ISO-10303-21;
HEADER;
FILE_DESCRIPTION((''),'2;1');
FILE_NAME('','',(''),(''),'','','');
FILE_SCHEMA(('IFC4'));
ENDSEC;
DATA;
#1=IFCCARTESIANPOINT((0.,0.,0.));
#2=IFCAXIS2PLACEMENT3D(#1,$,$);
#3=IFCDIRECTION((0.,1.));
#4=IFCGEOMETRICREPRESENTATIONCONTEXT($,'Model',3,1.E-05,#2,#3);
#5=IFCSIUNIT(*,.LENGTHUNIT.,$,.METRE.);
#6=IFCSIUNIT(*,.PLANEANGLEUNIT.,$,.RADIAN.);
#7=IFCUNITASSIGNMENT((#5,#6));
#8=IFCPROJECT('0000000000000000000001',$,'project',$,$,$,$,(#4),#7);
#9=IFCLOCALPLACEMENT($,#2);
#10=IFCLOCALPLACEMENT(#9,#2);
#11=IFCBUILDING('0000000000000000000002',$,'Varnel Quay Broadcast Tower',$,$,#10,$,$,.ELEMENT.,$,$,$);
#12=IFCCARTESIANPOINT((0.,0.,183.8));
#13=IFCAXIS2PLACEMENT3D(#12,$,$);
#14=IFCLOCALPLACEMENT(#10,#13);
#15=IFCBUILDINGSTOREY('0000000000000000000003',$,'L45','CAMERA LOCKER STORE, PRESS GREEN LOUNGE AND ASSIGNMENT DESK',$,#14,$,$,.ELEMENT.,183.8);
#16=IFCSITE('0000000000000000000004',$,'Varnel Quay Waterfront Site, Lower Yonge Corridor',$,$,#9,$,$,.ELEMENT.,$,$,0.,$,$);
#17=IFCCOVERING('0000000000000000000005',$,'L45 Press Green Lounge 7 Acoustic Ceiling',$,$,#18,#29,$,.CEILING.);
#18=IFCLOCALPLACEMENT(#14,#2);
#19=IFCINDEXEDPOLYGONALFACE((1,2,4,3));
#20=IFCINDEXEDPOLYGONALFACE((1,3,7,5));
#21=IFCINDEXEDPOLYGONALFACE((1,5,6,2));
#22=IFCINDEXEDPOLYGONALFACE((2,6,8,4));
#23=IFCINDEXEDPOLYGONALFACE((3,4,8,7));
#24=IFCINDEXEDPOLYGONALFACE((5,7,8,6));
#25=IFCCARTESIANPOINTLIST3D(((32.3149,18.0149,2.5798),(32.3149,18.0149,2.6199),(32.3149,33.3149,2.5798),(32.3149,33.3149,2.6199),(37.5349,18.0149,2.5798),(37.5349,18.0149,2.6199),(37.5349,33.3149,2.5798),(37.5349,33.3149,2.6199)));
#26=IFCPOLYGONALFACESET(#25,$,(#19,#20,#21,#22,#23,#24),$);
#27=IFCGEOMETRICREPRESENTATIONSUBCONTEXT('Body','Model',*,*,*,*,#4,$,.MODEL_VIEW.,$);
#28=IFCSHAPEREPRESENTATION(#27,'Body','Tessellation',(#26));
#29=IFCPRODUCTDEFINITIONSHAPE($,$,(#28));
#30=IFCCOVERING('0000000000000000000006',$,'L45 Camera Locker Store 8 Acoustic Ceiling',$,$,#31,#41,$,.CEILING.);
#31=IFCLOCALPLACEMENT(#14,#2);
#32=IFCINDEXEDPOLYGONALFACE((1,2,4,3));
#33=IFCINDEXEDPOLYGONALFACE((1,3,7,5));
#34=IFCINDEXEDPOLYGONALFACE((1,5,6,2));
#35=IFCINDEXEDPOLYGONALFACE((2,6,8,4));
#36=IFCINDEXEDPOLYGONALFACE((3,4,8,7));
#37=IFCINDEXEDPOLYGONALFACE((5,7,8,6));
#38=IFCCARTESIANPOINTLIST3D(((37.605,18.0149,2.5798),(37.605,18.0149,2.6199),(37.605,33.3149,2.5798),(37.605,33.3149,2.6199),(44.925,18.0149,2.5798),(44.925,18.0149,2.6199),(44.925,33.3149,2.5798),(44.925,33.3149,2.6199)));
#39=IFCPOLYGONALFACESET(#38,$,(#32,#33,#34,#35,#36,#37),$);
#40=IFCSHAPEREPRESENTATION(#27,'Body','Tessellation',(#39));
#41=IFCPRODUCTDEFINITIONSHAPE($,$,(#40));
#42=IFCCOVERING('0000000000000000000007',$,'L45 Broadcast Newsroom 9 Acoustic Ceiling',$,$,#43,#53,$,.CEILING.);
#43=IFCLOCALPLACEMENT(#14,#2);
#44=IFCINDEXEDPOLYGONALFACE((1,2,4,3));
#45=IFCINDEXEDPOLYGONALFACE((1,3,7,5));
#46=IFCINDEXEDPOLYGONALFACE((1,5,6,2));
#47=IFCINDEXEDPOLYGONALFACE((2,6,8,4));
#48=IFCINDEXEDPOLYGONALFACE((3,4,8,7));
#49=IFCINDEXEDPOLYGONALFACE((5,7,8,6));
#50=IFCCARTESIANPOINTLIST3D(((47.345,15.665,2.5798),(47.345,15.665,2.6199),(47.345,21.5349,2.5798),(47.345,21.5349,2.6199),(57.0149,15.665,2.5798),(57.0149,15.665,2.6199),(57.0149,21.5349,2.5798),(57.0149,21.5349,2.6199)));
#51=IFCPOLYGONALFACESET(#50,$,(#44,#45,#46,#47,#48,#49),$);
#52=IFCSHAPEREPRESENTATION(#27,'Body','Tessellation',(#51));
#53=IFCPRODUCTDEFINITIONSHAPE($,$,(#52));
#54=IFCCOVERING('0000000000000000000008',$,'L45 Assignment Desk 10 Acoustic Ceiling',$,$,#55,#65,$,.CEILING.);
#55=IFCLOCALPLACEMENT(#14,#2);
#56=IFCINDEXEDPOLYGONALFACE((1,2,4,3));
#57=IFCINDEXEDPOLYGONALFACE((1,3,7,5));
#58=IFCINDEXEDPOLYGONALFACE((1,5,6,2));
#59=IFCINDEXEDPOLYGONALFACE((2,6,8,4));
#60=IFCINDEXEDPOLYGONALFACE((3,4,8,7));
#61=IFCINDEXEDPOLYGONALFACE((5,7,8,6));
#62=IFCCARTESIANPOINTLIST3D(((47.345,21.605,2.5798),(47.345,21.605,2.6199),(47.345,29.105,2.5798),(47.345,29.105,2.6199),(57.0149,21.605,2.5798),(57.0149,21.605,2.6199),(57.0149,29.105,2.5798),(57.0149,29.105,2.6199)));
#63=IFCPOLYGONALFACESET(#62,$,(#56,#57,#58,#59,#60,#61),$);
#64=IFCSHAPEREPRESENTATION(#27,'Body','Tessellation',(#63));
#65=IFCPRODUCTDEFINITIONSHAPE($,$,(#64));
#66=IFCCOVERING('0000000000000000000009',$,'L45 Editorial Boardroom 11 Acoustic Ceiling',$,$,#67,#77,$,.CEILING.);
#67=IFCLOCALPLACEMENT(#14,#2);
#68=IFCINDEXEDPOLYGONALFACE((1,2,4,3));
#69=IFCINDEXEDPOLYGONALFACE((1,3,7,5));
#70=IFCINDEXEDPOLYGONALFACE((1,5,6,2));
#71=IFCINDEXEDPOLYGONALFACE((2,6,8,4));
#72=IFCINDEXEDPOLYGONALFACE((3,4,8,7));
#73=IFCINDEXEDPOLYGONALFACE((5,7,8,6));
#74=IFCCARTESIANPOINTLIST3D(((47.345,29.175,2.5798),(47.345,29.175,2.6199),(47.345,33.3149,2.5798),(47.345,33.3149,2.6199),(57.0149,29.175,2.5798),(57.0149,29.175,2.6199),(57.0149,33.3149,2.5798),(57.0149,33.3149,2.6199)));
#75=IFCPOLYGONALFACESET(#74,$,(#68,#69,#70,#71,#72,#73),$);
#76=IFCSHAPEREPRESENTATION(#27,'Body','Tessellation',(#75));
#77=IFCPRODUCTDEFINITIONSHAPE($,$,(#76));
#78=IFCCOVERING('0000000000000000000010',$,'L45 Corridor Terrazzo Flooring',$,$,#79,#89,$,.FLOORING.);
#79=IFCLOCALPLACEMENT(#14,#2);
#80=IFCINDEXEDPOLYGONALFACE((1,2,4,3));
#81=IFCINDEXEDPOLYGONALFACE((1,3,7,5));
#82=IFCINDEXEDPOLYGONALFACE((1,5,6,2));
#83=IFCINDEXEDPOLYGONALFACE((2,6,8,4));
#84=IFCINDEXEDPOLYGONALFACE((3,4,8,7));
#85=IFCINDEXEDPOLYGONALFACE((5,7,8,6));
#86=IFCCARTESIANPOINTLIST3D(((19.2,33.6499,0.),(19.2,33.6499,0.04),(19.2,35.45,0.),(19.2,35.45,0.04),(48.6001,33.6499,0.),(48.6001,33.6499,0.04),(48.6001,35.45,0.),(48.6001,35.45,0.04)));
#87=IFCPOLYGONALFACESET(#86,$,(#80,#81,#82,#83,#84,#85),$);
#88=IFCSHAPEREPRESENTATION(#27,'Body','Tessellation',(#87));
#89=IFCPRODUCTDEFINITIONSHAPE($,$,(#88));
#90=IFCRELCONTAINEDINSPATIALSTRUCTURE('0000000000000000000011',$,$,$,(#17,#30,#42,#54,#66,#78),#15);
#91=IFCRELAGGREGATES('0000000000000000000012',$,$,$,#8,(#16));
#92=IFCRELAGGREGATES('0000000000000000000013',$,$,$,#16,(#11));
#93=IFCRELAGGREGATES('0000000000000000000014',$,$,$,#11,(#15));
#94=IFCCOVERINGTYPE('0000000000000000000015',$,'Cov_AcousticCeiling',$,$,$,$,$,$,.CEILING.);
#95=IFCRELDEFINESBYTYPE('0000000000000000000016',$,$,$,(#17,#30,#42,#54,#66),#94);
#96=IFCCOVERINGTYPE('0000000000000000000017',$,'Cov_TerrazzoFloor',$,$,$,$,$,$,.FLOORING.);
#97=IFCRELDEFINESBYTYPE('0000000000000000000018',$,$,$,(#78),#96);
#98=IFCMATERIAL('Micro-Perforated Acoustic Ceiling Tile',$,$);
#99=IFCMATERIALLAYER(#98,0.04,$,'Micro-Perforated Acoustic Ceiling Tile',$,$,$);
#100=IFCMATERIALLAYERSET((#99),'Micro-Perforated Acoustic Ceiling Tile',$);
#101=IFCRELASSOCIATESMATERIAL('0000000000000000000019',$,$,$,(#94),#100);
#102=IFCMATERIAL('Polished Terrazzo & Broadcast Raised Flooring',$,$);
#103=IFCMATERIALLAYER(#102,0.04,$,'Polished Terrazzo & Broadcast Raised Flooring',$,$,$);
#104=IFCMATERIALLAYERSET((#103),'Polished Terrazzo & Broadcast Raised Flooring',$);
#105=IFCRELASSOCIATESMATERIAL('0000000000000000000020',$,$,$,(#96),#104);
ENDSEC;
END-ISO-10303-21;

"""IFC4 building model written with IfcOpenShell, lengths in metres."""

from ifc_helpers import new_model, si_unit, direction, frame, origin, place, context, subcontext, project, spatial, polyline, outline, extrude, material, layer, layer_set, type_object, element, save


model = new_model("IFC4")

# Units and contexts
model_context = context("Model", 3, precision=1e-05, world=origin(), true_north=direction((0.0, 1.0)))
body_context = subcontext(model_context, "Body", "Model", "MODEL_VIEW")
ifc_project = project(units=[si_unit("LENGTHUNIT", "METRE"), si_unit("PLANEANGLEUNIT", "RADIAN")], contexts=[model_context])

# Site, building, storey
site_placement = place(None, origin())
site = spatial("IfcSite", under=ifc_project, at=site_placement, Name="Varnel Quay Waterfront Site, Lower Yonge Corridor", CompositionType="ELEMENT", RefElevation=0.0)
building_placement = place(site_placement, origin())
building = spatial("IfcBuilding", under=site, at=building_placement, Name="Varnel Quay Broadcast Tower", CompositionType="ELEMENT")
storey_placement = place(building_placement, frame((0.0, 0.0, 183.8)))
storey = spatial("IfcBuildingStorey", under=building, at=storey_placement, Name="L45", Description="CAMERA LOCKER STORE, PRESS GREEN LOUNGE AND ASSIGNMENT DESK", CompositionType="ELEMENT", Elevation=183.8)

# Coverings
ifc_material_1 = material(Name="Micro-Perforated Acoustic Ceiling Tile")
ifc_layer_1 = layer(ifc_material_1, 0.04, Name="Micro-Perforated Acoustic Ceiling Tile")
ifc_layer_set_1 = layer_set([ifc_layer_1], Name="Micro-Perforated Acoustic Ceiling Tile")
covering_type_1 = type_object("IfcCoveringType", Name="Cov_AcousticCeiling", PredefinedType="CEILING", material=ifc_layer_set_1)
covering_1_placement = place(storey_placement, frame((0.0, 0.0, 2.5798)))
element("IfcCovering", 1, at=covering_1_placement, inside=storey, type_object=covering_type_1, Name="L45 Press Green Lounge 7 Acoustic Ceiling", PredefinedType="CEILING", context=body_context, shape_type="SweptSolid", body=[
    extrude(outline(polyline([(32.3149, 18.0149), (37.5349, 18.0149), (37.5349, 33.3149), (32.3149, 33.3149), (32.3149, 18.0149)])), origin(), (0.0, 0.0, 1.0), 0.04),
])
covering_2_placement = place(storey_placement, frame((0.0, 0.0, 2.5798)))
element("IfcCovering", 2, at=covering_2_placement, inside=storey, type_object=covering_type_1, Name="L45 Camera Locker Store 8 Acoustic Ceiling", PredefinedType="CEILING", context=body_context, shape_type="SweptSolid", body=[
    extrude(outline(polyline([(37.605, 18.0149), (44.925, 18.0149), (44.925, 33.3149), (37.605, 33.3149), (37.605, 18.0149)])), origin(), (0.0, 0.0, 1.0), 0.04),
])
covering_3_placement = place(storey_placement, frame((0.0, 0.0, 2.5798)))
element("IfcCovering", 3, at=covering_3_placement, inside=storey, type_object=covering_type_1, Name="L45 Broadcast Newsroom 9 Acoustic Ceiling", PredefinedType="CEILING", context=body_context, shape_type="SweptSolid", body=[
    extrude(outline(polyline([(47.345, 15.665), (57.0149, 15.665), (57.0149, 21.5349), (47.345, 21.5349), (47.345, 15.665)])), origin(), (0.0, 0.0, 1.0), 0.04),
])
covering_4_placement = place(storey_placement, frame((0.0, 0.0, 2.5798)))
element("IfcCovering", 4, at=covering_4_placement, inside=storey, type_object=covering_type_1, Name="L45 Assignment Desk 10 Acoustic Ceiling", PredefinedType="CEILING", context=body_context, shape_type="SweptSolid", body=[
    extrude(outline(polyline([(47.345, 21.605), (57.0149, 21.605), (57.0149, 29.105), (47.345, 29.105), (47.345, 21.605)])), origin(), (0.0, 0.0, 1.0), 0.04),
])
covering_5_placement = place(storey_placement, frame((0.0, 0.0, 2.5798)))
element("IfcCovering", 5, at=covering_5_placement, inside=storey, type_object=covering_type_1, Name="L45 Editorial Boardroom 11 Acoustic Ceiling", PredefinedType="CEILING", context=body_context, shape_type="SweptSolid", body=[
    extrude(outline(polyline([(47.345, 29.175), (57.0149, 29.175), (57.0149, 33.3149), (47.345, 33.3149), (47.345, 29.175)])), origin(), (0.0, 0.0, 1.0), 0.04),
])
ifc_material_2 = material(Name="Polished Terrazzo & Broadcast Raised Flooring")
ifc_layer_2 = layer(ifc_material_2, 0.04, Name="Polished Terrazzo & Broadcast Raised Flooring")
ifc_layer_set_2 = layer_set([ifc_layer_2], Name="Polished Terrazzo & Broadcast Raised Flooring")
covering_type_2 = type_object("IfcCoveringType", Name="Cov_TerrazzoFloor", PredefinedType="FLOORING", material=ifc_layer_set_2)
covering_6_placement = place(storey_placement, origin())
element("IfcCovering", 6, at=covering_6_placement, inside=storey, type_object=covering_type_2, Name="L45 Corridor Terrazzo Flooring", PredefinedType="FLOORING", context=body_context, shape_type="SweptSolid", body=[
    extrude(outline(polyline([(19.2, 33.6499), (48.6001, 33.6499), (48.6001, 35.45), (19.2, 35.45), (19.2, 33.6499)])), origin(), (0.0, 0.0, 1.0), 0.04),
])

save(model, "model.ifc")
